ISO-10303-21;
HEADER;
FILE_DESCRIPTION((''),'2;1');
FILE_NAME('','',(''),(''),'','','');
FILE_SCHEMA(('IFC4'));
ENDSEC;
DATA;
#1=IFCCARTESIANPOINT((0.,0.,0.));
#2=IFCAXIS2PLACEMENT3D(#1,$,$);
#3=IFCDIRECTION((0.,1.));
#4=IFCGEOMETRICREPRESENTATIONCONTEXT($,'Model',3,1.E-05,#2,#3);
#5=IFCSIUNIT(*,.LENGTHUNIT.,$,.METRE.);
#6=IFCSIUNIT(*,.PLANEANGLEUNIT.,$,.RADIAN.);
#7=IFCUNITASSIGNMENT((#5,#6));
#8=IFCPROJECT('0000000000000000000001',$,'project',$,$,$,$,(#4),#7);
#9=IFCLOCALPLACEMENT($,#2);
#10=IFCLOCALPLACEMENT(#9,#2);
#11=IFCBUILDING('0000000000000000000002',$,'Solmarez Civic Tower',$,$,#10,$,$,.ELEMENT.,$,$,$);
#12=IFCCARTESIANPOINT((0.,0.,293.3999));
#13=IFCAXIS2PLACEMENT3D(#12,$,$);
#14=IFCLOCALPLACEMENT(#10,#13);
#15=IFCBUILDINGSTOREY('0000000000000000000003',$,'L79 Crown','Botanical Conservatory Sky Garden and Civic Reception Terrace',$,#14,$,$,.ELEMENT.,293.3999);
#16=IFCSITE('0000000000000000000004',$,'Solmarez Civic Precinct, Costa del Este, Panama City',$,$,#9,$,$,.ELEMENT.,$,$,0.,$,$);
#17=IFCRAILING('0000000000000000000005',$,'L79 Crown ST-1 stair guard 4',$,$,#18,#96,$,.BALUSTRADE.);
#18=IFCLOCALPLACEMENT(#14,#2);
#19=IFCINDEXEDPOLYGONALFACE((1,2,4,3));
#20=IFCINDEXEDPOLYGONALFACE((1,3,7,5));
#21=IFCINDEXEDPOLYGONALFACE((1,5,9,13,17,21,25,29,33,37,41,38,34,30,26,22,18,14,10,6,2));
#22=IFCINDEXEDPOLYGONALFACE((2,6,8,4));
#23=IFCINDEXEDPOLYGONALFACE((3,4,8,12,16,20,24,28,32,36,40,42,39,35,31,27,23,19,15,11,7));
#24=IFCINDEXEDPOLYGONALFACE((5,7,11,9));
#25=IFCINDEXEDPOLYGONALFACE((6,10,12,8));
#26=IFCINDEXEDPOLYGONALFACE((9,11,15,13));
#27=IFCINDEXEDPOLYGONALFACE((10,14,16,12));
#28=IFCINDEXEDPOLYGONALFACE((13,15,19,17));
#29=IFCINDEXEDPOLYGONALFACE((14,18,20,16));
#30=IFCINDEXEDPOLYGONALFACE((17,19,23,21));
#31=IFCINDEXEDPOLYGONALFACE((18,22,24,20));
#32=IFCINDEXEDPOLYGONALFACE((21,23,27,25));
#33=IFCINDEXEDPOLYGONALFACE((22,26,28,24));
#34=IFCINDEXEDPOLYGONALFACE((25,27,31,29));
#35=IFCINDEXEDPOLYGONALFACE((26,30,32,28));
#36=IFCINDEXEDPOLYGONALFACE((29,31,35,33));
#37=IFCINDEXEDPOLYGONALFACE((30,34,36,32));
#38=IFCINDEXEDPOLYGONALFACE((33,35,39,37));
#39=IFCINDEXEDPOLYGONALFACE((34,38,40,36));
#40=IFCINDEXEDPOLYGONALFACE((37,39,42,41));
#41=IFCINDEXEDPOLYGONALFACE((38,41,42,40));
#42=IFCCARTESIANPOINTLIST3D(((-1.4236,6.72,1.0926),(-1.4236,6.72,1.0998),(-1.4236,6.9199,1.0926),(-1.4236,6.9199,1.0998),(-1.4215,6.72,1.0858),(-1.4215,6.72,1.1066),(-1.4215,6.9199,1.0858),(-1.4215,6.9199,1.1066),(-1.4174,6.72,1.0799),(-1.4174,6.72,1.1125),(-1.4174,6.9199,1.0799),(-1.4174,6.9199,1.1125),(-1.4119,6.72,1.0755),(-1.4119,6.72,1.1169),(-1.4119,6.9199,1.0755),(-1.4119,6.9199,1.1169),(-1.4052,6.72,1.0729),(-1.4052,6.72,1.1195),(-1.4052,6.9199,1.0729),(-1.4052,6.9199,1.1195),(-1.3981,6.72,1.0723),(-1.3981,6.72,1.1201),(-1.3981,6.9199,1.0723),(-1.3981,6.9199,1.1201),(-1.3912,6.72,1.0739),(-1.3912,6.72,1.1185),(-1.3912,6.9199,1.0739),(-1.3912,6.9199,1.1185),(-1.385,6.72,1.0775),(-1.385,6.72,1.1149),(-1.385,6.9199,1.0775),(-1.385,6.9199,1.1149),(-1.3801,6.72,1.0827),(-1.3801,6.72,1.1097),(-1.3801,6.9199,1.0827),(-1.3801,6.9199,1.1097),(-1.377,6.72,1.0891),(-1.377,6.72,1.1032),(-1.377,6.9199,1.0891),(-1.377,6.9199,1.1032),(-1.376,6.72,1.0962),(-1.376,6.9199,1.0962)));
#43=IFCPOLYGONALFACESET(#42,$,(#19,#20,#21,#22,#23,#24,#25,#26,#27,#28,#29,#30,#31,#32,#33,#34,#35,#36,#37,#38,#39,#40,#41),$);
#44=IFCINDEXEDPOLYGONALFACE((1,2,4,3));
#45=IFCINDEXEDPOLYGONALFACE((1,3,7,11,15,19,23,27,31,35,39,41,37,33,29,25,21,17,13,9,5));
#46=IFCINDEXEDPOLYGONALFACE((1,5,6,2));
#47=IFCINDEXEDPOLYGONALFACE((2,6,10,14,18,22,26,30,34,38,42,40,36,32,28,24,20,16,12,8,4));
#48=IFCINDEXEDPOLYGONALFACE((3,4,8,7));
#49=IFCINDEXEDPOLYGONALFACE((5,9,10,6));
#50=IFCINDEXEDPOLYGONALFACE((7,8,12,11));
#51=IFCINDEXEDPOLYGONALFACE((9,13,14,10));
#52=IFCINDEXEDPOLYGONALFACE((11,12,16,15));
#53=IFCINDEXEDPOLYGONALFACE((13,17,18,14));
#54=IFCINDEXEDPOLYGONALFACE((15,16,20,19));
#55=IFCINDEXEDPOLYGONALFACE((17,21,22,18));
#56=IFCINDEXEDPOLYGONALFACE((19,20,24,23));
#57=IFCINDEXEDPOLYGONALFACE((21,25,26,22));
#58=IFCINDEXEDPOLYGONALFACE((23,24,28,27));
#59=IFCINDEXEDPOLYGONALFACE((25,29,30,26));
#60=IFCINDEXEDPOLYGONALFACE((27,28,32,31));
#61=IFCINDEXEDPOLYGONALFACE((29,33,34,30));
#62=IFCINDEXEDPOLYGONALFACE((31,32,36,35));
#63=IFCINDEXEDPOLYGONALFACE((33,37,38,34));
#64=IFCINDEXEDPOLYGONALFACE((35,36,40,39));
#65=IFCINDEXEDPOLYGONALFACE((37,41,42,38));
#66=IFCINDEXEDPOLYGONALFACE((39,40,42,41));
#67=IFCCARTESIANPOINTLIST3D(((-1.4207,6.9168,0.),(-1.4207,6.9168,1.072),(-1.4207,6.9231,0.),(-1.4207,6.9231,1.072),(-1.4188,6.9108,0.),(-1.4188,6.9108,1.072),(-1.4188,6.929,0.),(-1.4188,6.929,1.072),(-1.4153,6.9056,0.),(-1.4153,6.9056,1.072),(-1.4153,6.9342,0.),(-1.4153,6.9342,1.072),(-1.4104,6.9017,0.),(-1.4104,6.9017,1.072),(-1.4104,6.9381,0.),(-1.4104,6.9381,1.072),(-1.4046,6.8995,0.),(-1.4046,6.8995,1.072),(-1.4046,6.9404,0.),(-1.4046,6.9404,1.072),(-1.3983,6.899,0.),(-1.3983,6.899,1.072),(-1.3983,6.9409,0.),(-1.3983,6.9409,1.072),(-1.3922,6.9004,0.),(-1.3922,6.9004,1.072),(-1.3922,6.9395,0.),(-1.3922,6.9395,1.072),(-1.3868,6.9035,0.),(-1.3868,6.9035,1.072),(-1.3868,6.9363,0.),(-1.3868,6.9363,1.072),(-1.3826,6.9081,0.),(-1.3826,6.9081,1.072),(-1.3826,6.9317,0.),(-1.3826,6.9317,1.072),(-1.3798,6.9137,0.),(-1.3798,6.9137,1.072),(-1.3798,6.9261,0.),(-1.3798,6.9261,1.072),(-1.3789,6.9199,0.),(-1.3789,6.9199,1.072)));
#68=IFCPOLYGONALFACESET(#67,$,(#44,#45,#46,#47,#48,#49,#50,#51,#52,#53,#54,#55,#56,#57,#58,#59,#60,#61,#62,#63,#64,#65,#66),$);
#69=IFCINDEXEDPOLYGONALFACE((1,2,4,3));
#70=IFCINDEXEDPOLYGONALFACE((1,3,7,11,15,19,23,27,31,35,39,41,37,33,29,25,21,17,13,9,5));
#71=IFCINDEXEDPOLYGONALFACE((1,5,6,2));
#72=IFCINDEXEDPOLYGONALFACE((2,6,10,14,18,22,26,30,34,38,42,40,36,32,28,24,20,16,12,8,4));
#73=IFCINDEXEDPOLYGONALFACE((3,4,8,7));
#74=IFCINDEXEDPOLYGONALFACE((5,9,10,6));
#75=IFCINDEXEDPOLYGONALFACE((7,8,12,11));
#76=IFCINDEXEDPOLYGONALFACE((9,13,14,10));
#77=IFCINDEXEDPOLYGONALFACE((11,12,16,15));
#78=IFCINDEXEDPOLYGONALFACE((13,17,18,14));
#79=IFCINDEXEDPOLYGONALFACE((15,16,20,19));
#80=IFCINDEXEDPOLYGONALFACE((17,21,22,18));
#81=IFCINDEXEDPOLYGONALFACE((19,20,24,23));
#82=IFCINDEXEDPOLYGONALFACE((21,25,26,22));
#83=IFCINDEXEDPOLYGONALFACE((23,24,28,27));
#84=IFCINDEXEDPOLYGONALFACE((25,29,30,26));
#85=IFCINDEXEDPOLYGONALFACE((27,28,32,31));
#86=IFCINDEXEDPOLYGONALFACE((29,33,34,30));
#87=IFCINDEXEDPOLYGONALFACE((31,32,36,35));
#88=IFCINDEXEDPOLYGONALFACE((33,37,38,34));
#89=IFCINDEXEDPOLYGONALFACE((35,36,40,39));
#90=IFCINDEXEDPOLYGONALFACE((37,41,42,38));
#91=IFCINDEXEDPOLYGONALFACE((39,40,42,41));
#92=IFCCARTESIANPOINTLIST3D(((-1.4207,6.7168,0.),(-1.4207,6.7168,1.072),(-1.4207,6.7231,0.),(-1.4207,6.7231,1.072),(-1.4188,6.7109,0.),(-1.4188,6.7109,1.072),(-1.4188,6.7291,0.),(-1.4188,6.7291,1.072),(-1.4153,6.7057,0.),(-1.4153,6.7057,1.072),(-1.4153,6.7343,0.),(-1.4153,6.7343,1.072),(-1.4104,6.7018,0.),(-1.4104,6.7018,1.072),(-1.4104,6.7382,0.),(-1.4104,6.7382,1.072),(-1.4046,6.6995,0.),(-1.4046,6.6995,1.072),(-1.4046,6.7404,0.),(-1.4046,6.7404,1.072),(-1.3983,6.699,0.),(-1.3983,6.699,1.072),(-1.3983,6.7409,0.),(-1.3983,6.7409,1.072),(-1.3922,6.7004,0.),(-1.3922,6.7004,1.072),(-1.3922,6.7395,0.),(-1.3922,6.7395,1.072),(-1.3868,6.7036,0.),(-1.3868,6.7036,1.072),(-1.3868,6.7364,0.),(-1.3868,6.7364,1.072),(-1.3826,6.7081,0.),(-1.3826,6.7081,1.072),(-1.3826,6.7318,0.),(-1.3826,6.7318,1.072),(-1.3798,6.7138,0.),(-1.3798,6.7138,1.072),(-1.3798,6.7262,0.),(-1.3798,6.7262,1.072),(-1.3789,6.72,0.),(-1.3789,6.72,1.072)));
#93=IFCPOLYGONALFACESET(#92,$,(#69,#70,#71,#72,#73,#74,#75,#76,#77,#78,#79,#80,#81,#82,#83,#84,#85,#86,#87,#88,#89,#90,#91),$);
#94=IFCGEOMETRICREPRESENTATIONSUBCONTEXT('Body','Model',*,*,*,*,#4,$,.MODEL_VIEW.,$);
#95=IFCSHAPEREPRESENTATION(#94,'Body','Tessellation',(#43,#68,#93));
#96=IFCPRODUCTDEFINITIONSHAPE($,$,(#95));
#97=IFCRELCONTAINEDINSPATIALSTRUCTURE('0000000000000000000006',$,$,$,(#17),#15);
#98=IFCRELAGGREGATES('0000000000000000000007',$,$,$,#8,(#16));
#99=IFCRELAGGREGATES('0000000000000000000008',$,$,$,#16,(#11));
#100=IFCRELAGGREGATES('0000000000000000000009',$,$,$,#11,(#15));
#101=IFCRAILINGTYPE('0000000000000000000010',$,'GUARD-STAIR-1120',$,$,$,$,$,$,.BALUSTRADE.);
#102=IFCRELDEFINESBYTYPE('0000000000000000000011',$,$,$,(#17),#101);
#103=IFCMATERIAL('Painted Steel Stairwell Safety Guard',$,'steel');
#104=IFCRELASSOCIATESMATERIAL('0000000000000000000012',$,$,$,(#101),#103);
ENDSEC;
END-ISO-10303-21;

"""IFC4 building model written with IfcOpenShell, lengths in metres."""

from ifc_helpers import new_model, si_unit, direction, frame, origin, origin_2d, place, context, subcontext, project, spatial, circle, extrude, material, type_object, element, save


model = new_model("IFC4")

# Units and contexts
model_context = context("Model", 3, precision=1e-05, world=origin(), true_north=direction((0.0, 1.0)))
body_context = subcontext(model_context, "Body", "Model", "MODEL_VIEW")
ifc_project = project(units=[si_unit("LENGTHUNIT", "METRE"), si_unit("PLANEANGLEUNIT", "RADIAN")], contexts=[model_context])

# Site, building, storey
site_placement = place(None, origin())
site = spatial("IfcSite", under=ifc_project, at=site_placement, Name="Solmarez Civic Precinct, Costa del Este, Panama City", CompositionType="ELEMENT", RefElevation=0.0)
building_placement = place(site_placement, origin())
building = spatial("IfcBuilding", under=site, at=building_placement, Name="Solmarez Civic Tower", CompositionType="ELEMENT")
storey_placement = place(building_placement, frame((0.0, 0.0, 293.3999)))
storey = spatial("IfcBuildingStorey", under=building, at=storey_placement, Name="L79 Crown", Description="Botanical Conservatory Sky Garden and Civic Reception Terrace", CompositionType="ELEMENT", Elevation=293.3999)

# Railing
ifc_material_1 = material(Name="Painted Steel Stairwell Safety Guard", Category="steel")
railing_type_1 = type_object("IfcRailingType", Name="GUARD-STAIR-1120", PredefinedType="BALUSTRADE", material=ifc_material_1)
railing_1_placement = place(storey_placement, frame((-1.3999, 6.9199, 0.0)))
element("IfcRailing", 1, at=railing_1_placement, inside=storey, type_object=railing_type_1, Name="L79 Crown ST-1 stair guard 4", PredefinedType="BALUSTRADE", context=body_context, shape_type="SweptSolid", body=[
    extrude(circle(Radius=0.0239, at=origin_2d()), frame((0.0, 0.0, 1.0962), z_axis=(0.0, -1.0, 0.0), x_axis=(1.0, 0.0, 0.0)), (0.0, 0.0, 1.0), 0.2),
    extrude(circle(Radius=0.021, at=origin_2d()), origin(), (0.0, 0.0, 1.0), 1.072),
    extrude(circle(Radius=0.021, at=origin_2d()), frame((0.0, -0.2, 0.0)), (0.0, 0.0, 1.0), 1.072),
])

save(model, "model.ifc")
